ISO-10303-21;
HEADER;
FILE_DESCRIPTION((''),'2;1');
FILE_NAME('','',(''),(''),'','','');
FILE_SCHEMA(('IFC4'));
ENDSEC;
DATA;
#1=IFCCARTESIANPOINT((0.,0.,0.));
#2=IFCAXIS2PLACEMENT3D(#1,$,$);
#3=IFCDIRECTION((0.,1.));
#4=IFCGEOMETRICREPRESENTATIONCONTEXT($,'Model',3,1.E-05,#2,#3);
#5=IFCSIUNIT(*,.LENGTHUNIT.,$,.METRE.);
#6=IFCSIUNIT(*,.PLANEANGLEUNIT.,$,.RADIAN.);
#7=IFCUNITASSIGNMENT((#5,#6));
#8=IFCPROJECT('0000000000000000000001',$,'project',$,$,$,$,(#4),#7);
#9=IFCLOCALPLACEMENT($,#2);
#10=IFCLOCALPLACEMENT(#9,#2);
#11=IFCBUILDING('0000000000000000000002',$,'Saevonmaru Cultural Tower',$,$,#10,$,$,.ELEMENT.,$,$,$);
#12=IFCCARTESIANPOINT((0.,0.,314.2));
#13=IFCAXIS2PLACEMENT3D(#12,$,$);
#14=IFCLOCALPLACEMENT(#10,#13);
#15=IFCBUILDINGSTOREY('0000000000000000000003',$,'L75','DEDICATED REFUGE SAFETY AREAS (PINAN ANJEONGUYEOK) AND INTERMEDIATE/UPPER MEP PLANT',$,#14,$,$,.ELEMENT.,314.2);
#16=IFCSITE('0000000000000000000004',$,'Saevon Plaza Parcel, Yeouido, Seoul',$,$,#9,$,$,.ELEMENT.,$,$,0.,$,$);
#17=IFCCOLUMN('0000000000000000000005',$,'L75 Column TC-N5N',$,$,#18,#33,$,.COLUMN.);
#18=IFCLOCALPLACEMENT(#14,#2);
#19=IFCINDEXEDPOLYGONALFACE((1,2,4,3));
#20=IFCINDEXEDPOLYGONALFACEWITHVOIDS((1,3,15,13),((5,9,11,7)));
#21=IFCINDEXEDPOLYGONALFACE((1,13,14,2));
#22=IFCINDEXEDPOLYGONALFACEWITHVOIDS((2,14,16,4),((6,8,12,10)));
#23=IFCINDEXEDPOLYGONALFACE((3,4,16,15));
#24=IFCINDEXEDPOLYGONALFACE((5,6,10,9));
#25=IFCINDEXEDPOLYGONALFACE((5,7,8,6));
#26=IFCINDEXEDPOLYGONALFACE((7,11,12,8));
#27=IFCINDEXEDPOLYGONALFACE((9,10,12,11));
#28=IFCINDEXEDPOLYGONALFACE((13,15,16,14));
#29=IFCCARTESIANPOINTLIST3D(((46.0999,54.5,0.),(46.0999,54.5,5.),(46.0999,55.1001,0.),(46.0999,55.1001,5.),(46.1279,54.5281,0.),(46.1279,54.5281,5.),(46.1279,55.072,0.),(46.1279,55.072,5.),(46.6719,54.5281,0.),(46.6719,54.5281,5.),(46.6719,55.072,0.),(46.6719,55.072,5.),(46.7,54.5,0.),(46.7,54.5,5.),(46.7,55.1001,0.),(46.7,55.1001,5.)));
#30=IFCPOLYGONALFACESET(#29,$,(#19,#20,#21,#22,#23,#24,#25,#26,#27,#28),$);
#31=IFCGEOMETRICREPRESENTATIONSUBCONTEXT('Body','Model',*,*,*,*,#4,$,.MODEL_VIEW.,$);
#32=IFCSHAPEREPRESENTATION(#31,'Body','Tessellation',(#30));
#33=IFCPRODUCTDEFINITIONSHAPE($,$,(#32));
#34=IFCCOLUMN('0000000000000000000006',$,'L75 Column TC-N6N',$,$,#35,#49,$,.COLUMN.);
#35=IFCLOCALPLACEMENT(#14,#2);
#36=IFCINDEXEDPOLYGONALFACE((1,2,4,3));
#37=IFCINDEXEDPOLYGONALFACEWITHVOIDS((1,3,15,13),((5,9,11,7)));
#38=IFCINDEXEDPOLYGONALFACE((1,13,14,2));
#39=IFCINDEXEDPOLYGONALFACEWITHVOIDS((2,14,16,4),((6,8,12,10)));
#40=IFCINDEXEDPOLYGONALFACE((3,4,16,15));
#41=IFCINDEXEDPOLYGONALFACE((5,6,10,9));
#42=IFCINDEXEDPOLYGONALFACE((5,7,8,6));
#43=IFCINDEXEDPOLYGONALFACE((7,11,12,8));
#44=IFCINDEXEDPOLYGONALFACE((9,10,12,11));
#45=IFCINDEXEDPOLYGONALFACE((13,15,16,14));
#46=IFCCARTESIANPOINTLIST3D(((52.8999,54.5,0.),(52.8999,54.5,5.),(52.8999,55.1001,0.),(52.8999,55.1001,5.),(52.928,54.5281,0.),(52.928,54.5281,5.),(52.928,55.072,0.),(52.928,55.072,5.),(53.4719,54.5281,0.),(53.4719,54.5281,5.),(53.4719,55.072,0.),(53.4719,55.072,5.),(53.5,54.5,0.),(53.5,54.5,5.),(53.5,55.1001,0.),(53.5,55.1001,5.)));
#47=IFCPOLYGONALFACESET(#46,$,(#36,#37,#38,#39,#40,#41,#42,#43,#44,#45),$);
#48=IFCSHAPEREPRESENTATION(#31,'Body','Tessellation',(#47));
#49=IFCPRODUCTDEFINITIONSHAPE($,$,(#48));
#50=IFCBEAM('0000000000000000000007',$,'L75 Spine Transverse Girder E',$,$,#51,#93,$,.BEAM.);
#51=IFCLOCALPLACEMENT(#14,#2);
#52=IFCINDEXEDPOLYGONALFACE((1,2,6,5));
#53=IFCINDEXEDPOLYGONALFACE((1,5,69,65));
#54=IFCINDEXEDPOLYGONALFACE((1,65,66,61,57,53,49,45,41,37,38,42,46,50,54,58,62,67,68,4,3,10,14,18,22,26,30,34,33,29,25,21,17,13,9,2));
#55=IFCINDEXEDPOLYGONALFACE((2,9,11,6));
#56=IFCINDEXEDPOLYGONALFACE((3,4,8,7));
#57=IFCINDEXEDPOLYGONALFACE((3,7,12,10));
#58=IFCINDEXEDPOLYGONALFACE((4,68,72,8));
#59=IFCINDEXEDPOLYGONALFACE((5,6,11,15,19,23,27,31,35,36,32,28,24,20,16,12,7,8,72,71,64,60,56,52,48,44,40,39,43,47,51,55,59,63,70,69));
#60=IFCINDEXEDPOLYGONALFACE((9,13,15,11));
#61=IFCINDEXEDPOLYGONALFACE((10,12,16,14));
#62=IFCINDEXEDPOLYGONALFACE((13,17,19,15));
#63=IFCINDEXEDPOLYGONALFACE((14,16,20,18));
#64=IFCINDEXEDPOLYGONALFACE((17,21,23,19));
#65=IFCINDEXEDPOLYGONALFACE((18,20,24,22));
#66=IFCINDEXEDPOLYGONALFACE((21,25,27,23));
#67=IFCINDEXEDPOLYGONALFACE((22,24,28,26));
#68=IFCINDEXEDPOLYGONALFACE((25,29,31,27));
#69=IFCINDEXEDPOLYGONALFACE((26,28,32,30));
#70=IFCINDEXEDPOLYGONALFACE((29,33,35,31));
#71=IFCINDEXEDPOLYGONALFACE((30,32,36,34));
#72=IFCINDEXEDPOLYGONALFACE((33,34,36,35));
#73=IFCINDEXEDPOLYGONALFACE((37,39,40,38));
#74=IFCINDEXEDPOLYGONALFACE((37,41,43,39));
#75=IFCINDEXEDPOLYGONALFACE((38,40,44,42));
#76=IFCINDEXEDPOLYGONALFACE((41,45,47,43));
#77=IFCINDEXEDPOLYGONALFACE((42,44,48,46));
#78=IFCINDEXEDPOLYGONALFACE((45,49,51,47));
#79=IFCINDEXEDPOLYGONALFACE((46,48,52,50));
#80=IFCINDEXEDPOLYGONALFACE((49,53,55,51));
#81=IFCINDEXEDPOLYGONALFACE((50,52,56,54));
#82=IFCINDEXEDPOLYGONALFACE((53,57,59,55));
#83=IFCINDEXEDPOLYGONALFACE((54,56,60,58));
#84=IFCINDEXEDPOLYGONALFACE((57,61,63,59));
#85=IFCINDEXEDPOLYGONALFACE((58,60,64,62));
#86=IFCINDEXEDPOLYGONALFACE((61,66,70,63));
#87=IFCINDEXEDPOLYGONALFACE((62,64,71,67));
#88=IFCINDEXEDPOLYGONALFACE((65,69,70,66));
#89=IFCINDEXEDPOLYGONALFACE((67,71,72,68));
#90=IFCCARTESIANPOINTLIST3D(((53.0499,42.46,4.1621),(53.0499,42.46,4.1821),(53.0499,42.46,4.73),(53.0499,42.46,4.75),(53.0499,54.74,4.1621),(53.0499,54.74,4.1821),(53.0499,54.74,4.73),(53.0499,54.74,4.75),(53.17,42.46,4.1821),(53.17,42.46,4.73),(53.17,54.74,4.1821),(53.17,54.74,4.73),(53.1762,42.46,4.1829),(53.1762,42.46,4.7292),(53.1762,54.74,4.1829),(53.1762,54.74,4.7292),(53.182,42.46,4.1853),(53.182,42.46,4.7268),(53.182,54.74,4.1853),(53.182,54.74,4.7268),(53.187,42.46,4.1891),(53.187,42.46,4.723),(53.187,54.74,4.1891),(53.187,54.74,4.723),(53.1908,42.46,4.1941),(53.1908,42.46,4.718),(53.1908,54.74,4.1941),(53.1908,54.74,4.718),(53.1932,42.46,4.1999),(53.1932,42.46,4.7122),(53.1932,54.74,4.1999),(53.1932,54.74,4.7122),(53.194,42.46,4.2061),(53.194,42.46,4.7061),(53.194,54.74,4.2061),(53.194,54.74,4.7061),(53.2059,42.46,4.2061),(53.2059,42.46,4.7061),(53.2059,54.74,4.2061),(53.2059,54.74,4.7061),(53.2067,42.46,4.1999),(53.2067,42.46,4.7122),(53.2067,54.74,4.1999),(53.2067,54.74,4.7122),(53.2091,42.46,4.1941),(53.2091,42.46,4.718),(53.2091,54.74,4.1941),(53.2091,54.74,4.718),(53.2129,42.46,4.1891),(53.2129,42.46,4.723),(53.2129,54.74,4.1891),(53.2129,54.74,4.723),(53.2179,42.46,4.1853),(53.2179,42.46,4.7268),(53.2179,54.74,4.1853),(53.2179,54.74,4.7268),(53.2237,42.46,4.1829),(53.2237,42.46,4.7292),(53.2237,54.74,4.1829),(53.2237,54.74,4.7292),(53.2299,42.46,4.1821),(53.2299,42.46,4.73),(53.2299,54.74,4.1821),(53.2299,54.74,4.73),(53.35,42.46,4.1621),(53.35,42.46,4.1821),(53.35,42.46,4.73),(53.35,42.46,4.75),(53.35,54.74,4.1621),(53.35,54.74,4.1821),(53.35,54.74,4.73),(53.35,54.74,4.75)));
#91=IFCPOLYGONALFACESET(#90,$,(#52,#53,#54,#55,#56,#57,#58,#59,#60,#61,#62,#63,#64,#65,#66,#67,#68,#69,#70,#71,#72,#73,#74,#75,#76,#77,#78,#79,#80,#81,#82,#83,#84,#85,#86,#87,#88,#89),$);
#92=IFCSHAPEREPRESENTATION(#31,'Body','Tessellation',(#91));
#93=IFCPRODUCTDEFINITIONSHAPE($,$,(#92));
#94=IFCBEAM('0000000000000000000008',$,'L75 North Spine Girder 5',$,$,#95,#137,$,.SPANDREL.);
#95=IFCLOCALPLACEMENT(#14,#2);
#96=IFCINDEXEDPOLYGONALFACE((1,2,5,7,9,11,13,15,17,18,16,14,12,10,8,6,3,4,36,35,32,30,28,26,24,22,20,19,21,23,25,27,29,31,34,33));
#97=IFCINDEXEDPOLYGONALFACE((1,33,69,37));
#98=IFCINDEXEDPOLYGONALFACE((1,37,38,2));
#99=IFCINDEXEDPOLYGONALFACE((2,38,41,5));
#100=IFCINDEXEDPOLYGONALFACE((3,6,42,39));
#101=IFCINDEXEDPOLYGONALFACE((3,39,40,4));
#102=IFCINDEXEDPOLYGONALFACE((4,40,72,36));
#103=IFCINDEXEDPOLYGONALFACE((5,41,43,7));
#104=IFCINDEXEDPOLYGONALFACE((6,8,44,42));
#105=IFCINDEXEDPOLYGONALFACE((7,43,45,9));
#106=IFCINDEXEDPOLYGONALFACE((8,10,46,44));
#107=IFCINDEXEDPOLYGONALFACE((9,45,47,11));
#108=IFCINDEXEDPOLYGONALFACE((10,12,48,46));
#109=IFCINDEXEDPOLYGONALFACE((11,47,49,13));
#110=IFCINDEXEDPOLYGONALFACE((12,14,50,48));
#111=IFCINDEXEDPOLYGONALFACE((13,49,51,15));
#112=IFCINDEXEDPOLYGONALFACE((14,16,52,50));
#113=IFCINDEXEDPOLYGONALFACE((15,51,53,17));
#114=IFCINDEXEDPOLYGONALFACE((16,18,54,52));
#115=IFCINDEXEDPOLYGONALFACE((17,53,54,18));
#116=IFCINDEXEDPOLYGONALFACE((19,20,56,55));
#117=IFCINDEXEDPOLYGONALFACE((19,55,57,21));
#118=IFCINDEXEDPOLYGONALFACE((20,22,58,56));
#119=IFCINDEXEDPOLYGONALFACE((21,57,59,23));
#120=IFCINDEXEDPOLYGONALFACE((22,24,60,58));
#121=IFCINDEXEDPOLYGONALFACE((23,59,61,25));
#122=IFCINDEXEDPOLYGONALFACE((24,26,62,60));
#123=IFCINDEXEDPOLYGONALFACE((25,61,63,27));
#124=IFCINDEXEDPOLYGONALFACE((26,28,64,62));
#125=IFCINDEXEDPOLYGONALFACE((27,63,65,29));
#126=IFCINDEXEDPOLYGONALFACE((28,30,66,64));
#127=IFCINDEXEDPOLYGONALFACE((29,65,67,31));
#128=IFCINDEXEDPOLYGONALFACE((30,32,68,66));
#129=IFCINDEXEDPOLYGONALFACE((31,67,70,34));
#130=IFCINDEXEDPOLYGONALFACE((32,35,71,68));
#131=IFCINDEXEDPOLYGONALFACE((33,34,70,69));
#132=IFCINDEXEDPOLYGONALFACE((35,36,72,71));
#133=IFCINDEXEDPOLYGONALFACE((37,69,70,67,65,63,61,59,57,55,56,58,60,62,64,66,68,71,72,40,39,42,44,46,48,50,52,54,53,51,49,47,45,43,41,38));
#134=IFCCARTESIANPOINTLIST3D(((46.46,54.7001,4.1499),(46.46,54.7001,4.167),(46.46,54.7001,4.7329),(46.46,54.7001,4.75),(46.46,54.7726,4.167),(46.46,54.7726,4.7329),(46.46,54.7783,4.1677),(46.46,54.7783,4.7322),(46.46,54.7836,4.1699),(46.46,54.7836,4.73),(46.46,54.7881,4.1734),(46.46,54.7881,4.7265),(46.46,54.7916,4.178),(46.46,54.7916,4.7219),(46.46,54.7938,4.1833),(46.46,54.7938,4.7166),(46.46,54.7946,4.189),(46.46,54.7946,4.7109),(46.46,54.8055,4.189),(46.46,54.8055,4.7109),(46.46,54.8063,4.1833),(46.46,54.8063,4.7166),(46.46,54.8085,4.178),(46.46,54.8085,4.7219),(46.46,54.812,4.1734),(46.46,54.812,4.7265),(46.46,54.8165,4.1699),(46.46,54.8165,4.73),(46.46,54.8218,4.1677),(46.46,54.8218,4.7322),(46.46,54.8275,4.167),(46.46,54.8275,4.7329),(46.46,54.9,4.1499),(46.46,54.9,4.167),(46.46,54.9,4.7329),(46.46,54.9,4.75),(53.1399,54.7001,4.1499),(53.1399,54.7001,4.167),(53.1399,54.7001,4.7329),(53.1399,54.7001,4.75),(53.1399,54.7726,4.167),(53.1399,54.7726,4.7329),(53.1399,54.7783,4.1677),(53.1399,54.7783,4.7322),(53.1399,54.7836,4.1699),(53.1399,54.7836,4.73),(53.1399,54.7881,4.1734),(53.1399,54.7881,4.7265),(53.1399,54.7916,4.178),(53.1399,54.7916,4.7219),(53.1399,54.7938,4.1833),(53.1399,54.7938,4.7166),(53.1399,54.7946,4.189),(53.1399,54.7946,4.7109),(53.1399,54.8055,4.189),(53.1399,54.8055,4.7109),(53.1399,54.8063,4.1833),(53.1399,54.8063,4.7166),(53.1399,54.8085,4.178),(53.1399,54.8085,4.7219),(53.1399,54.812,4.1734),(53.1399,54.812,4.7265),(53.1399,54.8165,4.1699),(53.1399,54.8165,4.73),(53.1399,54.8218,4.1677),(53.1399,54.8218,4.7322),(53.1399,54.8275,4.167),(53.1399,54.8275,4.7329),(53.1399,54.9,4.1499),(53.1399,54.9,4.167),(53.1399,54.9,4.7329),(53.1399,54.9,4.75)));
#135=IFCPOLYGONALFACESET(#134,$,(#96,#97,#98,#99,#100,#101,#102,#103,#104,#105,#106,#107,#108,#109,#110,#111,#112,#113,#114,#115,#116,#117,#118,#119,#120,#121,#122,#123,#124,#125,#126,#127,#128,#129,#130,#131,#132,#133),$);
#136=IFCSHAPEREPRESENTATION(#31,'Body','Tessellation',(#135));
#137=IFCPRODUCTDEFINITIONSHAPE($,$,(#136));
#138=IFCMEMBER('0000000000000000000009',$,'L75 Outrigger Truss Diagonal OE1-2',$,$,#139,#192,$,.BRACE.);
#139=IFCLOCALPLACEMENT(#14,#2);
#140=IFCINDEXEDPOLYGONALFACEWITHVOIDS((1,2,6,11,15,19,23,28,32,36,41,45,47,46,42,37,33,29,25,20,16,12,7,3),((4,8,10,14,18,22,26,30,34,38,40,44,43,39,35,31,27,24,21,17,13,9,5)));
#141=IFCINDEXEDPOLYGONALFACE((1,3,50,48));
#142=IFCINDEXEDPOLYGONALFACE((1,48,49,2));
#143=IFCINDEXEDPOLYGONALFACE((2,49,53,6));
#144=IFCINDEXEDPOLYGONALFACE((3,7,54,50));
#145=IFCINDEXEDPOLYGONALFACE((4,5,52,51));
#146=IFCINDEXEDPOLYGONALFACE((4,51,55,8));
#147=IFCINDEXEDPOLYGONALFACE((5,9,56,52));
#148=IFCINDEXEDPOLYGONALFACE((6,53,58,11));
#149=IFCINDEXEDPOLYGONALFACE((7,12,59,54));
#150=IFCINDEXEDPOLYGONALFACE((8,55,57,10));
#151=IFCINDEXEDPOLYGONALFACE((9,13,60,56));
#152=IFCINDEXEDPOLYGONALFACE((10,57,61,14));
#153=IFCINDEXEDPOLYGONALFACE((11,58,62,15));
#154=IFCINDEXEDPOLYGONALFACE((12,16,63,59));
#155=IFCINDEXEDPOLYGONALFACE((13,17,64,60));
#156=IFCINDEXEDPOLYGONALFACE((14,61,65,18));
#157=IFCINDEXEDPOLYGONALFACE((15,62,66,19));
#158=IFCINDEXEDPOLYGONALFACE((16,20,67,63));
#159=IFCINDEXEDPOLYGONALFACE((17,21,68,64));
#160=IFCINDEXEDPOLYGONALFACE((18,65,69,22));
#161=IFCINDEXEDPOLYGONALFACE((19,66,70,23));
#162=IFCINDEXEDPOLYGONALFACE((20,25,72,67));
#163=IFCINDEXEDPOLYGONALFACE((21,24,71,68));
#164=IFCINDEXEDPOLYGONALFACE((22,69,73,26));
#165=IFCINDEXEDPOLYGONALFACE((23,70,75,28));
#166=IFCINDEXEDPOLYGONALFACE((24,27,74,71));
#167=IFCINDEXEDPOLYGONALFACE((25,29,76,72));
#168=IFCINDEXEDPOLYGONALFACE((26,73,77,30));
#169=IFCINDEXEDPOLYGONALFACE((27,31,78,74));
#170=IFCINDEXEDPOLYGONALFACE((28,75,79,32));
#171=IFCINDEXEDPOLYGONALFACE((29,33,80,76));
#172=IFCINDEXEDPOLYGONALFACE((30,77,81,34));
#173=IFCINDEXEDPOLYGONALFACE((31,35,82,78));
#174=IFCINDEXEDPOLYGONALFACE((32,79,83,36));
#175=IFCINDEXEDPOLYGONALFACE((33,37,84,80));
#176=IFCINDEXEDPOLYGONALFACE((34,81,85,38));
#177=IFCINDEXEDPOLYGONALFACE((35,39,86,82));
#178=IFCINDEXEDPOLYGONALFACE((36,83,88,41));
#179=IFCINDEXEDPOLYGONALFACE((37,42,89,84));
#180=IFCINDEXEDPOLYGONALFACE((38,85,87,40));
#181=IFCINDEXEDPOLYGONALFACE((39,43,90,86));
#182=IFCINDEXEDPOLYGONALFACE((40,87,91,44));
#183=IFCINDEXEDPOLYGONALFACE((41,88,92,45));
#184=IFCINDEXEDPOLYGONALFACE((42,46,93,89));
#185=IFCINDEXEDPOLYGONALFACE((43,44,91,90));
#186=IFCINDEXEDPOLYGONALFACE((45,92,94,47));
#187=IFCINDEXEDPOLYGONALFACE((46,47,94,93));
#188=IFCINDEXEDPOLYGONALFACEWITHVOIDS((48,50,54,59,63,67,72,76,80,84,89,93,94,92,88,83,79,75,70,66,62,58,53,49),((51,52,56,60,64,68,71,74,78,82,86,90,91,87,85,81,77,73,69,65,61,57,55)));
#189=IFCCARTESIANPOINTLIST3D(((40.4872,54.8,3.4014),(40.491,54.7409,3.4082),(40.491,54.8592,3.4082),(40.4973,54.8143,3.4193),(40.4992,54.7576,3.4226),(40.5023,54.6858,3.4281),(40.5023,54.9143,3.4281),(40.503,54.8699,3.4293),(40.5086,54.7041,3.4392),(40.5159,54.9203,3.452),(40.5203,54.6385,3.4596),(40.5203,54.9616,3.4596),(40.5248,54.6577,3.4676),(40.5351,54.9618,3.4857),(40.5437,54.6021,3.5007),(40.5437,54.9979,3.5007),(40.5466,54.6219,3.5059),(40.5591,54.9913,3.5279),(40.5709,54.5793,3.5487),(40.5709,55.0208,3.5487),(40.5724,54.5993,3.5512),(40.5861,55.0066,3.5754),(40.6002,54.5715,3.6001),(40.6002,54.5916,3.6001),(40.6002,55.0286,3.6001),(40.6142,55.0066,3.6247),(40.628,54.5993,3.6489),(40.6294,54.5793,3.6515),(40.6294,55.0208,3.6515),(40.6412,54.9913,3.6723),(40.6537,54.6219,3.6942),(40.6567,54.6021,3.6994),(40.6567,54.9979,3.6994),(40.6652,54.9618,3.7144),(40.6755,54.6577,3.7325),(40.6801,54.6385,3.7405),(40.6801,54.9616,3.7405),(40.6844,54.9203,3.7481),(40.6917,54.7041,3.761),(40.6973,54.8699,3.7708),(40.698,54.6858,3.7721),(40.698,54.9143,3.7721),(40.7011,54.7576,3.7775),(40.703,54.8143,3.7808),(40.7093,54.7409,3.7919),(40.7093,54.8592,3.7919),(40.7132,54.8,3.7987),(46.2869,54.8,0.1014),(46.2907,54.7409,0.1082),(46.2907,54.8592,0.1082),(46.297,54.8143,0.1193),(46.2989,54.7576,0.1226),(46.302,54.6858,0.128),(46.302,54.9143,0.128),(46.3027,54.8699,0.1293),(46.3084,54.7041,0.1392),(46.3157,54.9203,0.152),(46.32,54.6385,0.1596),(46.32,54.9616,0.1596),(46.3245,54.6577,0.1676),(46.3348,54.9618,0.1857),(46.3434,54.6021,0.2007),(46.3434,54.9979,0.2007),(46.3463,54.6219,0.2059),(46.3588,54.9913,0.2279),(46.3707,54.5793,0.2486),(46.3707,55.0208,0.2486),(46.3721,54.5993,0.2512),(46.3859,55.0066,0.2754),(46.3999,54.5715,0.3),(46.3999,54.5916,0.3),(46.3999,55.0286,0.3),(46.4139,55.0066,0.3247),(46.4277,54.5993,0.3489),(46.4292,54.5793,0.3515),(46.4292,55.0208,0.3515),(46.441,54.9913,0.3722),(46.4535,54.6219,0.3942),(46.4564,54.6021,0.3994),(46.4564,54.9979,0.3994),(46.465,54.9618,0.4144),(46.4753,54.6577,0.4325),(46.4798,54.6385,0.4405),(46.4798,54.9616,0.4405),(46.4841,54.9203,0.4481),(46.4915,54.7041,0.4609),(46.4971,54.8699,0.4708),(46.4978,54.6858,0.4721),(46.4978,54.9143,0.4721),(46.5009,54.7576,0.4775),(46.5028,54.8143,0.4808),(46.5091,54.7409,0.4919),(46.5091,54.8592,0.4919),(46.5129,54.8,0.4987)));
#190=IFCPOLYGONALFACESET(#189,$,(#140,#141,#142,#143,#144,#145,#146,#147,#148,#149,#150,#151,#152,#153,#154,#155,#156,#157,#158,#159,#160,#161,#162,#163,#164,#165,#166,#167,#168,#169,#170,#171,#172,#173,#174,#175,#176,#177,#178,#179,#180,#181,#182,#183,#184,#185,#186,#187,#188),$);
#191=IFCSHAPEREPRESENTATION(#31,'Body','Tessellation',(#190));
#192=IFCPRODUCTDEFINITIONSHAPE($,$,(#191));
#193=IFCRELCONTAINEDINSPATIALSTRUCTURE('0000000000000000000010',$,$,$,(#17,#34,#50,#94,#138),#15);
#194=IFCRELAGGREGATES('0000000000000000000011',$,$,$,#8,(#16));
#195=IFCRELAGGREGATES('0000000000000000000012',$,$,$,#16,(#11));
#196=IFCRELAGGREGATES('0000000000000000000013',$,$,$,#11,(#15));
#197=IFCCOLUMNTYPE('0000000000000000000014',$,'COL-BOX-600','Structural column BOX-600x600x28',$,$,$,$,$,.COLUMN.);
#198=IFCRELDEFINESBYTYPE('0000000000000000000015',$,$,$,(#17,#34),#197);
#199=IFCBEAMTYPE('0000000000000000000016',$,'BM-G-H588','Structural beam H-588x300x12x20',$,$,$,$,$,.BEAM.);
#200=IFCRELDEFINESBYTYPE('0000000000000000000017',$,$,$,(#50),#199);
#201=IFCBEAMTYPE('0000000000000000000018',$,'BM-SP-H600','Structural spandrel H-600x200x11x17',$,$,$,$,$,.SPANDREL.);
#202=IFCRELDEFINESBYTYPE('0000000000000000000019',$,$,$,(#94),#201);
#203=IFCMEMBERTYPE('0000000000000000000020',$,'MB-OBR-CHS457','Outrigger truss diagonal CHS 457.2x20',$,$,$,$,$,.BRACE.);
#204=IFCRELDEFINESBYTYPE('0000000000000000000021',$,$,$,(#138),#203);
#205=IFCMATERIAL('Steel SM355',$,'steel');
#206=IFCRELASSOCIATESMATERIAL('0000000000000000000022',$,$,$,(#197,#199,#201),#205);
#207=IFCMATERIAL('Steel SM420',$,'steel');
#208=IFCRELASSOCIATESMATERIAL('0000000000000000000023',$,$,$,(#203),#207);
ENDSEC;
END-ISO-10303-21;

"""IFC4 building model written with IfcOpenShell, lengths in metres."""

from ifc_helpers import new_model, si_unit, direction, frame, origin, origin_2d, place, context, subcontext, project, spatial, hollow_rectangle, hollow_circle, i_section, extrude, material, material_profile, profile_set, type_object, element, save


model = new_model("IFC4")

# Units and contexts
model_context = context("Model", 3, precision=1e-05, world=origin(), true_north=direction((0.0, 1.0)))
body_context = subcontext(model_context, "Body", "Model", "MODEL_VIEW")
ifc_project = project(units=[si_unit("LENGTHUNIT", "METRE"), si_unit("PLANEANGLEUNIT", "RADIAN")], contexts=[model_context])

# Site, building, storey
site_placement = place(None, origin())
site = spatial("IfcSite", under=ifc_project, at=site_placement, Name="Saevon Plaza Parcel, Yeouido, Seoul", CompositionType="ELEMENT", RefElevation=0.0)
building_placement = place(site_placement, origin())
building = spatial("IfcBuilding", under=site, at=building_placement, Name="Saevonmaru Cultural Tower", CompositionType="ELEMENT")
storey_placement = place(building_placement, frame((0.0, 0.0, 314.2)))
storey = spatial("IfcBuildingStorey", under=building, at=storey_placement, Name="L75", Description="DEDICATED REFUGE SAFETY AREAS (PINAN ANJEONGUYEOK) AND INTERMEDIATE/UPPER MEP PLANT", CompositionType="ELEMENT", Elevation=314.2)

# Columns
ifc_material_1 = material(Name="Steel SM355", Category="steel")
ifc_material_profile_1 = material_profile(ifc_material_1, hollow_rectangle(XDim=0.6001, YDim=0.6001, WallThickness=0.0281, at=origin_2d()), Name="BOX-600x600x28")
ifc_profile_set_1 = profile_set([ifc_material_profile_1], Name="Steel SM355")
column_type = type_object("IfcColumnType", Name="COL-BOX-600", Description="Structural column BOX-600x600x28", PredefinedType="COLUMN", material=ifc_profile_set_1)
for number, where, z_axis, x_axis, name in (
    (1, (46.3999, 54.8, 0.0), (0.0, 0.0, 1.0), (1.0, 0.0, 0.0), "L75 Column TC-N5N"),
    (2, (53.2, 54.8, 0.0), (0.0, 0.0, 1.0), (1.0, 0.0, 0.0), "L75 Column TC-N6N"),
):
    element("IfcColumn", number, at=place(storey_placement, frame(where, z_axis=z_axis, x_axis=x_axis)), inside=storey, type_object=column_type, Name=name, PredefinedType="COLUMN", context=body_context, shape_type="SweptSolid", body=[
        extrude(hollow_rectangle(XDim=0.6001, YDim=0.6001, WallThickness=0.0281, at=origin_2d()), origin(), (0.0, 0.0, 1.0), 5.0),
    ])

# Beams
ifc_material_profile_2 = material_profile(ifc_material_1, i_section(OverallWidth=0.3, OverallDepth=0.5879, WebThickness=0.012, FlangeThickness=0.02, FilletRadius=0.0239, at=origin_2d()), Name="H-588x300x12x20")
ifc_profile_set_2 = profile_set([ifc_material_profile_2], Name="Steel SM355")
beam_type_1 = type_object("IfcBeamType", Name="BM-G-H588", Description="Structural beam H-588x300x12x20", PredefinedType="BEAM", material=ifc_profile_set_2)
beam_1_placement = place(storey_placement, frame((53.2, 54.74, 4.4561), z_axis=(0.0, -1.0, 0.0), x_axis=(1.0, 0.0, 0.0)))
element("IfcBeam", 3, at=beam_1_placement, inside=storey, type_object=beam_type_1, Name="L75 Spine Transverse Girder E", PredefinedType="BEAM", context=body_context, shape_type="SweptSolid", body=[
    extrude(i_section(OverallWidth=0.3, OverallDepth=0.5879, WebThickness=0.012, FlangeThickness=0.02, FilletRadius=0.0239, at=origin_2d()), origin(), (0.0, 0.0, 1.0), 12.28),
])
ifc_material_profile_3 = material_profile(ifc_material_1, i_section(OverallWidth=0.2, OverallDepth=0.6001, WebThickness=0.011, FlangeThickness=0.0171, FilletRadius=0.022, at=origin_2d()), Name="H-600x200x11x17")
ifc_profile_set_3 = profile_set([ifc_material_profile_3], Name="Steel SM355")
beam_type_2 = type_object("IfcBeamType", Name="BM-SP-H600", Description="Structural spandrel H-600x200x11x17", PredefinedType="SPANDREL", material=ifc_profile_set_3)
beam_2_placement = place(storey_placement, frame((46.46, 54.8, 4.45), z_axis=(1.0, 0.0, 0.0), x_axis=(0.0, 1.0, 0.0)))
element("IfcBeam", 4, at=beam_2_placement, inside=storey, type_object=beam_type_2, Name="L75 North Spine Girder 5", PredefinedType="SPANDREL", context=body_context, shape_type="SweptSolid", body=[
    extrude(i_section(OverallWidth=0.2, OverallDepth=0.6001, WebThickness=0.011, FlangeThickness=0.0171, FilletRadius=0.022, at=origin_2d()), origin(), (0.0, 0.0, 1.0), 6.6799),
])

# Member
ifc_material_2 = material(Name="Steel SM420", Category="steel")
ifc_material_profile_4 = material_profile(ifc_material_2, hollow_circle(Radius=0.2285, WallThickness=0.02, at=origin_2d()), Name="CHS-457.2x20")
ifc_profile_set_4 = profile_set([ifc_material_profile_4], Name="Steel SM420")
member_type_1 = type_object("IfcMemberType", Name="MB-OBR-CHS457", Description="Outrigger truss diagonal CHS 457.2x20", PredefinedType="BRACE", material=ifc_profile_set_4)
member_1_placement = place(storey_placement, frame((46.3999, 54.8, 0.3), z_axis=(-0.869154, 0.0, 0.494542), x_axis=(0.0, -1.0, 0.0)))
element("IfcMember", 5, at=member_1_placement, inside=storey, type_object=member_type_1, Name="L75 Outrigger Truss Diagonal OE1-2", PredefinedType="BRACE", context=body_context, shape_type="SweptSolid", body=[
    extrude(hollow_circle(Radius=0.2285, WallThickness=0.02, at=origin_2d()), origin(), (0.0, 0.0, 1.0), 6.6729),
])

save(model, "model.ifc")
